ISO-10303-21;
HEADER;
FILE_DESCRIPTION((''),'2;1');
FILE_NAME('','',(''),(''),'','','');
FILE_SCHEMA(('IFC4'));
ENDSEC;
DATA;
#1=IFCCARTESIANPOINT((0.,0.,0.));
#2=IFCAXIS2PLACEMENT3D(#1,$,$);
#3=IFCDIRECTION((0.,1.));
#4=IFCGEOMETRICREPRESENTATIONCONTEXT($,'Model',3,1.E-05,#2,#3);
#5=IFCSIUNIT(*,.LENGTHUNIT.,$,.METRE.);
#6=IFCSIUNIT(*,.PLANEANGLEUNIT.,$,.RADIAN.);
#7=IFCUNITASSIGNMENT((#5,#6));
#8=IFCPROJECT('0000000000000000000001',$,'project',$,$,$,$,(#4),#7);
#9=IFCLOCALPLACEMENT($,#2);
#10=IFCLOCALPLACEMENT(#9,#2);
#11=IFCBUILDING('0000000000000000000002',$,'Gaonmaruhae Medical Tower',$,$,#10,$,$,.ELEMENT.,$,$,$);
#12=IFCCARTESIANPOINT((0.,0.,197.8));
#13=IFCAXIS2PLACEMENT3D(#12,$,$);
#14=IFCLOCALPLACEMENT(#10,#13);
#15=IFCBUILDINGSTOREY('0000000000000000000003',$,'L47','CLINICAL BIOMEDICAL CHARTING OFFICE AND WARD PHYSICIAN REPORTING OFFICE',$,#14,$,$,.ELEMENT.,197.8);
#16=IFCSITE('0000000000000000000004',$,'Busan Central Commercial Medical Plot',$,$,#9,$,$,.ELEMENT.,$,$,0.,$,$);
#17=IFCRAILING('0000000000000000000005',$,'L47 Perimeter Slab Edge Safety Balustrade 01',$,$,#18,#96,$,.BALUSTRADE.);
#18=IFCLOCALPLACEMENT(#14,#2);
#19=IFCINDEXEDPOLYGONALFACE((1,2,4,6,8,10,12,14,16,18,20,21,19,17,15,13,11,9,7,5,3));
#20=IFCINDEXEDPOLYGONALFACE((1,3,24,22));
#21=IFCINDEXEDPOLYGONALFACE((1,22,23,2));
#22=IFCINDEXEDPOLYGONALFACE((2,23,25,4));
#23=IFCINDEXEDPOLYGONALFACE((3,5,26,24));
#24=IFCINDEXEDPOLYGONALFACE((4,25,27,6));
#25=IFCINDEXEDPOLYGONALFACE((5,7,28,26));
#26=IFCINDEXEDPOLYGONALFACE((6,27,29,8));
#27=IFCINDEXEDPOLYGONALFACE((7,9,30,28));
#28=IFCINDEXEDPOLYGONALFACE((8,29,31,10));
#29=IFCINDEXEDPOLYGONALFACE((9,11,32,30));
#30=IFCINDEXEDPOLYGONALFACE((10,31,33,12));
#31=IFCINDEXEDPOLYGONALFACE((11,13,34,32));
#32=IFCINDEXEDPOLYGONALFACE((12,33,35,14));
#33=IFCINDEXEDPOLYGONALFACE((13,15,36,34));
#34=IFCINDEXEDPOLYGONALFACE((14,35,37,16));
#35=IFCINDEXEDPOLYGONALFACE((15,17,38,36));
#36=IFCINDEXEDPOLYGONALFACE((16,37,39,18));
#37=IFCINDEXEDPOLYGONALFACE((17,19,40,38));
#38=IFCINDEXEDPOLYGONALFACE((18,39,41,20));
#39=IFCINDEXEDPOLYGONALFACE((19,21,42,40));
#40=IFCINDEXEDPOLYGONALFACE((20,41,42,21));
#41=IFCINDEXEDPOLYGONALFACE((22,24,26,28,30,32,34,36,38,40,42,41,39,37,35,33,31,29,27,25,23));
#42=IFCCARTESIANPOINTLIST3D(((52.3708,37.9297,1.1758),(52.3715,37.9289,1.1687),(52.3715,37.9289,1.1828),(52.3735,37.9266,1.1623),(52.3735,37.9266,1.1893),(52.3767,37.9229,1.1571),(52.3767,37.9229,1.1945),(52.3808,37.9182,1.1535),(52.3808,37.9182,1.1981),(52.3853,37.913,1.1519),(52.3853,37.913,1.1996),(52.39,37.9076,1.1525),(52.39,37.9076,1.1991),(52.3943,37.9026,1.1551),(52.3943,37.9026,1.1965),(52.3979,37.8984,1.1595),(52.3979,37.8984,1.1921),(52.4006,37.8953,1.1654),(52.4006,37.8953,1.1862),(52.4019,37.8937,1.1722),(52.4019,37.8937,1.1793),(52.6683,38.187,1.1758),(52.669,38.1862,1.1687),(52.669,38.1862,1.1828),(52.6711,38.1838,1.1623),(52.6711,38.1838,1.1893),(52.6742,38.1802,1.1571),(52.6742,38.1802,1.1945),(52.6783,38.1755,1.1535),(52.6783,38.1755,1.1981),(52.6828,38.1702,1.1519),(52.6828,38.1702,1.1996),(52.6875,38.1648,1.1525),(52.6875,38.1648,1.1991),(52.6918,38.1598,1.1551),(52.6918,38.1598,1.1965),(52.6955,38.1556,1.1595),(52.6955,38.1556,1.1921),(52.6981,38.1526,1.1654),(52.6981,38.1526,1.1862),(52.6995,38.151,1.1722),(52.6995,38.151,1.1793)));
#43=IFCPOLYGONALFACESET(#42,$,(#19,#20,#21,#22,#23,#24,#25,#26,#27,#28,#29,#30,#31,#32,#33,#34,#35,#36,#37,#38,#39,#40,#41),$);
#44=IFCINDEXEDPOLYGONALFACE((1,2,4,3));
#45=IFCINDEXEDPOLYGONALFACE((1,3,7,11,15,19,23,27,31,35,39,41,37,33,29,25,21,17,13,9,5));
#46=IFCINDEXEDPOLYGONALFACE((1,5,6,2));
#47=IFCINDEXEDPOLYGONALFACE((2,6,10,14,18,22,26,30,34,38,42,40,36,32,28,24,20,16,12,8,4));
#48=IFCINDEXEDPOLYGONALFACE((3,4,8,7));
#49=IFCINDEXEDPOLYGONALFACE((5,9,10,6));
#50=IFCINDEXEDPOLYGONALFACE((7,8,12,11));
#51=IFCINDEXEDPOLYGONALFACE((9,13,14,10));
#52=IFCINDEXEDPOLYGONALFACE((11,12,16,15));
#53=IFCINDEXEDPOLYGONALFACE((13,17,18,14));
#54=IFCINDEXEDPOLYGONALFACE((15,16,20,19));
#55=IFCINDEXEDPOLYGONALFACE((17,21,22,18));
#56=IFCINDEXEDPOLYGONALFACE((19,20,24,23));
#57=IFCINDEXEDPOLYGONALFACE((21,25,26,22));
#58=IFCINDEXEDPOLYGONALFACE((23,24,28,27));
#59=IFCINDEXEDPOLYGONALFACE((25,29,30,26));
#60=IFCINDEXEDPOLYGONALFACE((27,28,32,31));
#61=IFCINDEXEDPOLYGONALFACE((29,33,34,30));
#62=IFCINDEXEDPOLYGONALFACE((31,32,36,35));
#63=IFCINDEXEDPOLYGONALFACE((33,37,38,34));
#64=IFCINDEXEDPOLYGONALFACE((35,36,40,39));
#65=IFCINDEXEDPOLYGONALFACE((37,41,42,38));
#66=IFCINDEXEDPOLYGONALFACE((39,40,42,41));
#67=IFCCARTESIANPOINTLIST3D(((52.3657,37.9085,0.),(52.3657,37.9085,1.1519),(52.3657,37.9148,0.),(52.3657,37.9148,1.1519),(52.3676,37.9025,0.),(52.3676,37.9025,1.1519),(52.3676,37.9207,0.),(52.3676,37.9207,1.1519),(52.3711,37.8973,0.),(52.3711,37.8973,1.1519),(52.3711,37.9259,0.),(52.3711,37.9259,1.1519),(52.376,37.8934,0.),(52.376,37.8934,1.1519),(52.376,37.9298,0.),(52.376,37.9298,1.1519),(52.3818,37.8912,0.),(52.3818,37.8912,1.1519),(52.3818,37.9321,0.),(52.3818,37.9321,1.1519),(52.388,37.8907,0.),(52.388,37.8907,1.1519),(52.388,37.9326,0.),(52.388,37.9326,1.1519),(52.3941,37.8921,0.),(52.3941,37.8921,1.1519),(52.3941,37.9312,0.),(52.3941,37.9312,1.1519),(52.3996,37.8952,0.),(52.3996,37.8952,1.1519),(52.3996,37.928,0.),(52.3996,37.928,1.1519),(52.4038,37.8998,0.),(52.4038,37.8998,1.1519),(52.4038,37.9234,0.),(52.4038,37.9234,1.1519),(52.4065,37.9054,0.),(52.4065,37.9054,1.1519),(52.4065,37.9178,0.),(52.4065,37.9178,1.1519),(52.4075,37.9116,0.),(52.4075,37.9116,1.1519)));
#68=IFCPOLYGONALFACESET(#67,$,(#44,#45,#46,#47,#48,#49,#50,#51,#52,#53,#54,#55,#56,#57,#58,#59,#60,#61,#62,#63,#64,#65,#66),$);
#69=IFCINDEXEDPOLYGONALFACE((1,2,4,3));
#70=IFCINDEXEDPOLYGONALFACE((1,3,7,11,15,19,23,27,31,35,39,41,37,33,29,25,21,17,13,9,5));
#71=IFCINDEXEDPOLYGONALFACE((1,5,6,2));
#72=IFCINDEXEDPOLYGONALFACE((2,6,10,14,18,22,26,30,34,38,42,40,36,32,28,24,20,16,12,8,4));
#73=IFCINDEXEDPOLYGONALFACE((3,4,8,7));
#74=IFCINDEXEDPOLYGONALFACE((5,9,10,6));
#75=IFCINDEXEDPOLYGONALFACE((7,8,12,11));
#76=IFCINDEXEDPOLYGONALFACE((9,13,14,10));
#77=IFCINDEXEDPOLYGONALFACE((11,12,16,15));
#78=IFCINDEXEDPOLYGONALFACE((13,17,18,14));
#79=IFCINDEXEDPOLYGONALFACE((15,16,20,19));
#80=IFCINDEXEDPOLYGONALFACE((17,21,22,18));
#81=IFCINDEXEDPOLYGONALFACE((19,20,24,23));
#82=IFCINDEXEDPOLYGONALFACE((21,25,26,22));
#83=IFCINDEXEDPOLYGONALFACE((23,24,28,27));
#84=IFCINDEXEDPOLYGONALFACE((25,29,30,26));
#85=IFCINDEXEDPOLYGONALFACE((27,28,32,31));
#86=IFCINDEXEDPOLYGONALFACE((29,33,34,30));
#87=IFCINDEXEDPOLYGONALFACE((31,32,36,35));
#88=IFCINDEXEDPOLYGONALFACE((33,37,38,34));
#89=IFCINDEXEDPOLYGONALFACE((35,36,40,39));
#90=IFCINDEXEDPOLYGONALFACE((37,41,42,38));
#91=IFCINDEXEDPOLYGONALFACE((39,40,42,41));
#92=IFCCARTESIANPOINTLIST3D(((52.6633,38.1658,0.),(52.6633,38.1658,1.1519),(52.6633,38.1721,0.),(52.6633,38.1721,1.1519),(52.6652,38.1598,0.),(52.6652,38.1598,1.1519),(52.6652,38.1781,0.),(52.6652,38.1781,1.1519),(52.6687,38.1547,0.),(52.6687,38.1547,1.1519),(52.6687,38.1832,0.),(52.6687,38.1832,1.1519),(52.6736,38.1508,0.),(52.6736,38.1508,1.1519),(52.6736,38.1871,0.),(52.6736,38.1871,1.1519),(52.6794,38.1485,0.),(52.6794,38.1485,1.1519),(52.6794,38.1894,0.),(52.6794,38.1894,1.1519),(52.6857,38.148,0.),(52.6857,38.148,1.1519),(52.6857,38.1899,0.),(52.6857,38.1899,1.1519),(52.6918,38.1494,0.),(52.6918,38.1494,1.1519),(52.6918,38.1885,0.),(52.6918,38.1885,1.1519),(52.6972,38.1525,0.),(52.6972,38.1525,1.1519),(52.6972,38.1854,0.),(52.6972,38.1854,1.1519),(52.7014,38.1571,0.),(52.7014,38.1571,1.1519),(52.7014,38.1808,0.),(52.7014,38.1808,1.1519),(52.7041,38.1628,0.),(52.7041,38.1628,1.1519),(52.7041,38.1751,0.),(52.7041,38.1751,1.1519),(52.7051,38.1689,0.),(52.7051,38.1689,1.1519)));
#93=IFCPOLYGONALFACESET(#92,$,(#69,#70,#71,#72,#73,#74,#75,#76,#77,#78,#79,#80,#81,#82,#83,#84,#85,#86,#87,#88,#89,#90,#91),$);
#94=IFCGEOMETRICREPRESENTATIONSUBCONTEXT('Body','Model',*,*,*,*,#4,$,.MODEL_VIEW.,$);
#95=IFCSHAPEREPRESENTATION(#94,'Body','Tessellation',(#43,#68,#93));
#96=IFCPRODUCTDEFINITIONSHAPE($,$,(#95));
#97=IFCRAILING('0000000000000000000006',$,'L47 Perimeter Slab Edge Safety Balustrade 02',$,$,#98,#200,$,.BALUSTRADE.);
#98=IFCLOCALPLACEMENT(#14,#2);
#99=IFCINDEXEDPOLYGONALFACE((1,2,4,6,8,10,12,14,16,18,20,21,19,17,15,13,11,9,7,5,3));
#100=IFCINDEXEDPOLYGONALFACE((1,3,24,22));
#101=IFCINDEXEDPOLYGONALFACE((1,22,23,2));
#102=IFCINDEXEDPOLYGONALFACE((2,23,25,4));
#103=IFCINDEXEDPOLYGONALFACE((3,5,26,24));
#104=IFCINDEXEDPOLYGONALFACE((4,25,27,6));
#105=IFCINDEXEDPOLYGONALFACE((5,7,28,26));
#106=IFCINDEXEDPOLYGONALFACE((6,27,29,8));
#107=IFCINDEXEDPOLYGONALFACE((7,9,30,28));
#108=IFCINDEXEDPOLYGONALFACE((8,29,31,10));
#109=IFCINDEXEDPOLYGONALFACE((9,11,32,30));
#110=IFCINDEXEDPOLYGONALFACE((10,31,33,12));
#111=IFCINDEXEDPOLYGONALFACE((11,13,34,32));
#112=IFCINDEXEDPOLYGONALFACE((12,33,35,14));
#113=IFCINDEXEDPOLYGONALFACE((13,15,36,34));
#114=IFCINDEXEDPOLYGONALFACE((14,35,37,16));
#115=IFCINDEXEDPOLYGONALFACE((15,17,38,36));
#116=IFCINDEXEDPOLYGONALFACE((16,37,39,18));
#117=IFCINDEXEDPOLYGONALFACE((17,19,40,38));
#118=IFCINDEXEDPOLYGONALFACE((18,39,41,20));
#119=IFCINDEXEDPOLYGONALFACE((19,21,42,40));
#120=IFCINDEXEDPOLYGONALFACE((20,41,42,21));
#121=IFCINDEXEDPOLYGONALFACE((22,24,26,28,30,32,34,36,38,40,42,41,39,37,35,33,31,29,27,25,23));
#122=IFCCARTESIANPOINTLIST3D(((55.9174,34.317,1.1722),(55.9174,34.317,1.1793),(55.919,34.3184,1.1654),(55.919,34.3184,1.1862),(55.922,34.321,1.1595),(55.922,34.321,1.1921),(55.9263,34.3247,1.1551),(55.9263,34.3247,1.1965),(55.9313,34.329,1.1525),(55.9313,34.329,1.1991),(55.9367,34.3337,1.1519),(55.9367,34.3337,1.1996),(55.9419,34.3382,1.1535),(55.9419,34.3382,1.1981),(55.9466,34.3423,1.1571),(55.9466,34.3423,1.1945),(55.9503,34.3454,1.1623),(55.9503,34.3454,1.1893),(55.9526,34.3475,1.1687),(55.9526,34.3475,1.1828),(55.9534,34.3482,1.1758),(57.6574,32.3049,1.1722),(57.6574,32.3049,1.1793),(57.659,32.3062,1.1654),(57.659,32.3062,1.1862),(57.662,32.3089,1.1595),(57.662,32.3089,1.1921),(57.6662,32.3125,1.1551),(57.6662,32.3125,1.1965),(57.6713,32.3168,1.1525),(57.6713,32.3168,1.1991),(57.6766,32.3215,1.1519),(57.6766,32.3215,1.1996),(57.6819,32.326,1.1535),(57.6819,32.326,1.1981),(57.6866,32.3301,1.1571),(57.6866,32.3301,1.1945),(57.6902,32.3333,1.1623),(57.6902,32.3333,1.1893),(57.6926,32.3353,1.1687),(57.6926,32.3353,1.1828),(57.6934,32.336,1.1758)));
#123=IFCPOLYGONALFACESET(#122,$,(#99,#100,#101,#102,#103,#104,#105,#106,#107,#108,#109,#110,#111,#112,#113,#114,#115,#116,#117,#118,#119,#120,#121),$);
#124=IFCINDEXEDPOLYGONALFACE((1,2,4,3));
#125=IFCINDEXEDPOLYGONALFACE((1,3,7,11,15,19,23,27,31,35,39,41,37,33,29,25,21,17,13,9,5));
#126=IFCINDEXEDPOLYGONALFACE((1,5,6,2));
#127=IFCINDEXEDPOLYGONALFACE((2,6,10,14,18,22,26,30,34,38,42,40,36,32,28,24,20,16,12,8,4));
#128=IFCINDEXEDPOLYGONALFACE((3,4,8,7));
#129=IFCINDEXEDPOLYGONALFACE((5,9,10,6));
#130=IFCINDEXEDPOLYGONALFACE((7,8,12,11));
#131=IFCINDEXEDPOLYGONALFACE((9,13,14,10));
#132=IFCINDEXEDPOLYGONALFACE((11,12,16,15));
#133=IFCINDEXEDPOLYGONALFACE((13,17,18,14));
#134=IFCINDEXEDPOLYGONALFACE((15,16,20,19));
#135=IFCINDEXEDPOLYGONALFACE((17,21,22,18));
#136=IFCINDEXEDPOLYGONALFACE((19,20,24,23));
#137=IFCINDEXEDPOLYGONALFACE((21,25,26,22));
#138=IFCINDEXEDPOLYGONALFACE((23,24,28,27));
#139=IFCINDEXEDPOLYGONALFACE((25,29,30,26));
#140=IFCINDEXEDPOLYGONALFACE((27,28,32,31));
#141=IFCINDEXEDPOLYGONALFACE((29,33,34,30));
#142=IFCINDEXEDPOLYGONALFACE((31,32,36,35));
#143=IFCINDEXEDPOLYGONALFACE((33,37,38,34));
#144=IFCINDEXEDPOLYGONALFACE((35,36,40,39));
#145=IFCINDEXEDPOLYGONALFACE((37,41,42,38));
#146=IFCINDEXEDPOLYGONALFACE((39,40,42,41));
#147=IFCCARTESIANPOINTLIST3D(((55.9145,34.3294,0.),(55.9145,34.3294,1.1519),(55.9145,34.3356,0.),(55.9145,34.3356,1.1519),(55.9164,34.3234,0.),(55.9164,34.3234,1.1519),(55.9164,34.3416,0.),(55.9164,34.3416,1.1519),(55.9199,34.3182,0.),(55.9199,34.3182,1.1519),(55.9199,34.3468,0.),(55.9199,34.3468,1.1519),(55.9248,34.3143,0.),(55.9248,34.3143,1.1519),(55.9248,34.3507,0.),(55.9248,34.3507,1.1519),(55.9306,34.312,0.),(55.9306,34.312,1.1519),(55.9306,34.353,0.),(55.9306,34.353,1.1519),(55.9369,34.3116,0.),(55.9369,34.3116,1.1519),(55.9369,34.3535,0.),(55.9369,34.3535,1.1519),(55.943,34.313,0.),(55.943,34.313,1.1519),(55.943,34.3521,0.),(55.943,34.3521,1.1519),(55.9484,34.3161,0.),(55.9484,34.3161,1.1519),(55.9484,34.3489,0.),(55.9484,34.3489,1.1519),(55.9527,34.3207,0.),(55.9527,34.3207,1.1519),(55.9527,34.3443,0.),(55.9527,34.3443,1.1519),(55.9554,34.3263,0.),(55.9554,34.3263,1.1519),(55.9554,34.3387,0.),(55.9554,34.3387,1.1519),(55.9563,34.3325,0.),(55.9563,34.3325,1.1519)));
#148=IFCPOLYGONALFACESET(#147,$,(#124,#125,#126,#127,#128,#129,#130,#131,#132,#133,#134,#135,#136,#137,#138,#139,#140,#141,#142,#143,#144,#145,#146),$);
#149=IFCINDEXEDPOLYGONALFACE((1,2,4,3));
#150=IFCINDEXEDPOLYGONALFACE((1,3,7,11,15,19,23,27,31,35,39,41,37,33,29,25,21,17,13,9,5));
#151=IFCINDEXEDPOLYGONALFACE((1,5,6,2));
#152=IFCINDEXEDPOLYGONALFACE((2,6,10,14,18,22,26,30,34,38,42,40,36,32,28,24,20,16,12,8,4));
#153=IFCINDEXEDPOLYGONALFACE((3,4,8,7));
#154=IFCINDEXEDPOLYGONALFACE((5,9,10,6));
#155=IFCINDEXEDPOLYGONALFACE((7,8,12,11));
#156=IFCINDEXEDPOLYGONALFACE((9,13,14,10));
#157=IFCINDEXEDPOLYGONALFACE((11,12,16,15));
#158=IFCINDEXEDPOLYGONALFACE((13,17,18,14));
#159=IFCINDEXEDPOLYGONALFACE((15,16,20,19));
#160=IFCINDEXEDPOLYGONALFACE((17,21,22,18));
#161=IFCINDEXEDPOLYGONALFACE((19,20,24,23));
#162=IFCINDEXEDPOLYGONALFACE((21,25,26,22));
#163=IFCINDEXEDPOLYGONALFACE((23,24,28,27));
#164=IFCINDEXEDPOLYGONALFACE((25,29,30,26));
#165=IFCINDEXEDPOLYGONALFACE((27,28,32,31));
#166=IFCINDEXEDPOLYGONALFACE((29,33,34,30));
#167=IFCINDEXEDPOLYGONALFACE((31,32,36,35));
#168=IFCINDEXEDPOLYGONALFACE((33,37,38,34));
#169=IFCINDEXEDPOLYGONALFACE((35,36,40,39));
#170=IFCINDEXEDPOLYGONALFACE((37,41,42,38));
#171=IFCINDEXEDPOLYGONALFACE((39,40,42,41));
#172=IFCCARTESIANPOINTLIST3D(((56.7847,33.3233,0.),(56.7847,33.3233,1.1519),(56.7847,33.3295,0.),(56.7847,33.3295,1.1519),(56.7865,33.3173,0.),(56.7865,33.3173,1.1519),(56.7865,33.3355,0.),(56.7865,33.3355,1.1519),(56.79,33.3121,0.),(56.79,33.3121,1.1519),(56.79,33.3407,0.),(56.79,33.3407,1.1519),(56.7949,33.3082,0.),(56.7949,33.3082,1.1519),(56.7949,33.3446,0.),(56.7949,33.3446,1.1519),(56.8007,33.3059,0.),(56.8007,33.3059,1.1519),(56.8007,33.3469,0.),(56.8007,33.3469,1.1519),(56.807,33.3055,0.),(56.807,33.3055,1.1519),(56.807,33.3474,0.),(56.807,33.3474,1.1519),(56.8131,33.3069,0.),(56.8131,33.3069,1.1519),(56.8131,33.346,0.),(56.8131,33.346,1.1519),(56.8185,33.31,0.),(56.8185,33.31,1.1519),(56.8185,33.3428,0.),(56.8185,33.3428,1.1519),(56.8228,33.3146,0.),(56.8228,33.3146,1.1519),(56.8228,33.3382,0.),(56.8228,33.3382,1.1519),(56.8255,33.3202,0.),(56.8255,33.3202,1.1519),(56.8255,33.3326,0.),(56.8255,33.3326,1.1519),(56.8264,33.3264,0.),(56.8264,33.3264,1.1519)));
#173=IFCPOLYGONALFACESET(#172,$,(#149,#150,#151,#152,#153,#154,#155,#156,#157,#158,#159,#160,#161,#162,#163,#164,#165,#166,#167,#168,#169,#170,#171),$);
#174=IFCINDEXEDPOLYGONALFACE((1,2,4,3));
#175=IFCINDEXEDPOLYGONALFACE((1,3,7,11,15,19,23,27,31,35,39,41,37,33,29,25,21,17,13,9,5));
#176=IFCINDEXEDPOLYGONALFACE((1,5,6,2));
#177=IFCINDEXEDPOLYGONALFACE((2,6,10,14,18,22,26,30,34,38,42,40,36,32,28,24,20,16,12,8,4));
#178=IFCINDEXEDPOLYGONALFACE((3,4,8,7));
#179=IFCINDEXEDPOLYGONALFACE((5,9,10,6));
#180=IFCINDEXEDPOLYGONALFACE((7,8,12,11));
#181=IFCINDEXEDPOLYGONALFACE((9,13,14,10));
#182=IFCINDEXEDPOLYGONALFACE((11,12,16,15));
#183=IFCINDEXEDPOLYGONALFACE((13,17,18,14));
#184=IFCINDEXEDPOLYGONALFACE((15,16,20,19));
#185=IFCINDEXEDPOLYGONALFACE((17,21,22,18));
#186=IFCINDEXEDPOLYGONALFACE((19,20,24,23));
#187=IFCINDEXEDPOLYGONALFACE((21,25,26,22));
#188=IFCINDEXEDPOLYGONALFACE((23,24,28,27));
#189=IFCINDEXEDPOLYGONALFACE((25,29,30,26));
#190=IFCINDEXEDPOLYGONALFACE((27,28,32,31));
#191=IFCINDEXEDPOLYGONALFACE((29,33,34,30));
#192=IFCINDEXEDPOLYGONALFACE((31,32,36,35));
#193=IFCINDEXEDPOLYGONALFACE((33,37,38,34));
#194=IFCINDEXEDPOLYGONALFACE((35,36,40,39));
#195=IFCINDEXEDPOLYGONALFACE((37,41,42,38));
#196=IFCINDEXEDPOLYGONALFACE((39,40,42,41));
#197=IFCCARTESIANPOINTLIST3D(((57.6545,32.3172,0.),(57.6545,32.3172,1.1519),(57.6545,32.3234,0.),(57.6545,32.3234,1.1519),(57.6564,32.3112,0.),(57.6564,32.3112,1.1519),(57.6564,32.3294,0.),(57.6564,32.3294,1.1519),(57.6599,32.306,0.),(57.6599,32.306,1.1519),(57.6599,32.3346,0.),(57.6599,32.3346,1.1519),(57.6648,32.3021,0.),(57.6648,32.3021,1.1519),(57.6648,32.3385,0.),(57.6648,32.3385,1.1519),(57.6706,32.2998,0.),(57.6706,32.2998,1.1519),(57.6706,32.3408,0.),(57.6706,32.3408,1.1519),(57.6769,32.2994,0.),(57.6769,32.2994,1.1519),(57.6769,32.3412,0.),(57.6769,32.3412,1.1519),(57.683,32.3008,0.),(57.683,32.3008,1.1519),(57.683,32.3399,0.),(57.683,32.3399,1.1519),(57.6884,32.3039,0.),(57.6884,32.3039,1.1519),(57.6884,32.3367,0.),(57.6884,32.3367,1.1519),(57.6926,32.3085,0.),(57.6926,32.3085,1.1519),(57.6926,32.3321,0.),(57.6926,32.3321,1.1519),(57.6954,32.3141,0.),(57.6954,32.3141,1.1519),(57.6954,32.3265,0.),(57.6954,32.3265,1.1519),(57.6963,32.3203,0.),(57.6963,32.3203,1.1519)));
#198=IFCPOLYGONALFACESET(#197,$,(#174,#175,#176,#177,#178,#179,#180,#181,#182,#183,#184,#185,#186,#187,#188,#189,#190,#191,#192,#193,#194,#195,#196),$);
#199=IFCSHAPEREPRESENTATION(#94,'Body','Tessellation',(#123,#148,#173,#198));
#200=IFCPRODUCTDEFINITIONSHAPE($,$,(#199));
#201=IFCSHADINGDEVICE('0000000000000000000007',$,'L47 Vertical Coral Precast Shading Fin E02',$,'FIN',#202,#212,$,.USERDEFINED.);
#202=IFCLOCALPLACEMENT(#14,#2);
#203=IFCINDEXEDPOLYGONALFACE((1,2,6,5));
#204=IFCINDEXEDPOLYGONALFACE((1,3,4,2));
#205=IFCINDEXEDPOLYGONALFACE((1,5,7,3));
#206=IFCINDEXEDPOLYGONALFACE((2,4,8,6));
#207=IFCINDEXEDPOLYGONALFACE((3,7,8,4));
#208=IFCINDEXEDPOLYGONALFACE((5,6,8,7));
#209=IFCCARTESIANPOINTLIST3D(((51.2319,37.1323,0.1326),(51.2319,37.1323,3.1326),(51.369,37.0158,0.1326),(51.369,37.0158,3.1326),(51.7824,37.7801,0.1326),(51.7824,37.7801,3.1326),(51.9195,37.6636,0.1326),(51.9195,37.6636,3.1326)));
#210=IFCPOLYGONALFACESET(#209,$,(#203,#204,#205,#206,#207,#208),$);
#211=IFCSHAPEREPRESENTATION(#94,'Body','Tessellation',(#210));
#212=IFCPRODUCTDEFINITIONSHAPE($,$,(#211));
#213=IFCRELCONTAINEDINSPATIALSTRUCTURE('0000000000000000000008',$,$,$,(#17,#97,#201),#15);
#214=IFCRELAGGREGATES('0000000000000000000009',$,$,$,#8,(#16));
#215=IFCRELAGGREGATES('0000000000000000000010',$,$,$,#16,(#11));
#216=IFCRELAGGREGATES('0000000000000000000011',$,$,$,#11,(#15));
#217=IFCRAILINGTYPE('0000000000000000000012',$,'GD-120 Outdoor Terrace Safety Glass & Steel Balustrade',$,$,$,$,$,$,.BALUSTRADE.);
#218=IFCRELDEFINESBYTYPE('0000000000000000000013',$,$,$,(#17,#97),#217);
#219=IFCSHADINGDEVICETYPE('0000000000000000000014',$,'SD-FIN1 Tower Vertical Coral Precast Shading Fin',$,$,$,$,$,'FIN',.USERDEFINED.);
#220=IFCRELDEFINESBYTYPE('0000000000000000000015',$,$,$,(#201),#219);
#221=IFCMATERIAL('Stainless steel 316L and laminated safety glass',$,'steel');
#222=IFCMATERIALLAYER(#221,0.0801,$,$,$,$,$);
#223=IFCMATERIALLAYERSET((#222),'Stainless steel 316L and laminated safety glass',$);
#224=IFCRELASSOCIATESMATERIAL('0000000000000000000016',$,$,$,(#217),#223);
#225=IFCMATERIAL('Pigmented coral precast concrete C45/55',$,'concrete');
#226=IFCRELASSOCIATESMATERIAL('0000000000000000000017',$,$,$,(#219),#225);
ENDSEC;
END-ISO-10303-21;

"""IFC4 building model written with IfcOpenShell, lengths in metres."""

from ifc_helpers import new_model, si_unit, direction, frame, origin, origin_2d, place, context, subcontext, project, spatial, rectangle, circle, extrude, material, layer, layer_set, type_object, element, save


model = new_model("IFC4")

# Units and contexts
model_context = context("Model", 3, precision=1e-05, world=origin(), true_north=direction((0.0, 1.0)))
body_context = subcontext(model_context, "Body", "Model", "MODEL_VIEW")
ifc_project = project(units=[si_unit("LENGTHUNIT", "METRE"), si_unit("PLANEANGLEUNIT", "RADIAN")], contexts=[model_context])

# Site, building, storey
site_placement = place(None, origin())
site = spatial("IfcSite", under=ifc_project, at=site_placement, Name="Busan Central Commercial Medical Plot", CompositionType="ELEMENT", RefElevation=0.0)
building_placement = place(site_placement, origin())
building = spatial("IfcBuilding", under=site, at=building_placement, Name="Gaonmaruhae Medical Tower", CompositionType="ELEMENT")
storey_placement = place(building_placement, frame((0.0, 0.0, 197.8)))
storey = spatial("IfcBuildingStorey", under=building, at=storey_placement, Name="L47", Description="CLINICAL BIOMEDICAL CHARTING OFFICE AND WARD PHYSICIAN REPORTING OFFICE", CompositionType="ELEMENT", Elevation=197.8)

# Railings
ifc_material_1 = material(Name="Stainless steel 316L and laminated safety glass", Category="steel")
ifc_layer_1 = layer(ifc_material_1, 0.0801)
ifc_layer_set_1 = layer_set([ifc_layer_1], Name="Stainless steel 316L and laminated safety glass")
railing_type = type_object("IfcRailingType", Name="GD-120 Outdoor Terrace Safety Glass & Steel Balustrade", PredefinedType="BALUSTRADE", material=ifc_layer_set_1)
railing_1_placement = place(storey_placement, frame((52.3865, 37.9116, 0.0)))
element("IfcRailing", 1, at=railing_1_placement, inside=storey, type_object=railing_type, Name="L47 Perimeter Slab Edge Safety Balustrade 01", PredefinedType="BALUSTRADE", context=body_context, shape_type="SweptSolid", body=[
    extrude(circle(Radius=0.0239, at=origin_2d()), frame((0.0, 0.0, 1.1758), z_axis=(0.756446, 0.654056, 0.0), x_axis=(-0.654056, 0.756446, 0.0)), (0.0, 0.0, 1.0), 0.3933),
    extrude(circle(Radius=0.021, at=origin_2d()), origin(), (0.0, 0.0, 1.0), 1.1519),
    extrude(circle(Radius=0.021, at=origin_2d()), frame((0.2976, 0.2573, 0.0)), (0.0, 0.0, 1.0), 1.1519),
])
railing_2_placement = place(storey_placement, frame((55.9353, 34.3325, 0.0)))
element("IfcRailing", 2, at=railing_2_placement, inside=storey, type_object=railing_type, Name="L47 Perimeter Slab Edge Safety Balustrade 02", PredefinedType="BALUSTRADE", context=body_context, shape_type="SweptSolid", body=[
    extrude(circle(Radius=0.0239, at=origin_2d()), frame((0.0, 0.0, 1.1758), z_axis=(0.654088, -0.756418, 0.0), x_axis=(0.756418, 0.654088, 0.0)), (0.0, 0.0, 1.0), 2.6602),
    extrude(circle(Radius=0.021, at=origin_2d()), origin(), (0.0, 0.0, 1.0), 1.1519),
    extrude(circle(Radius=0.021, at=origin_2d()), frame((0.8701, -1.0061, 0.0)), (0.0, 0.0, 1.0), 1.1519),
    extrude(circle(Radius=0.021, at=origin_2d()), frame((1.74, -2.0122, 0.0)), (0.0, 0.0, 1.0), 1.1519),
])

# Shading device
ifc_material_2 = material(Name="Pigmented coral precast concrete C45/55", Category="concrete")
shading_device_type = type_object("IfcShadingDeviceType", Name="SD-FIN1 Tower Vertical Coral Precast Shading Fin", ElementType="FIN", PredefinedType="USERDEFINED", material=ifc_material_2)
for number, where, z_axis, x_axis, name in (
    (3, (51.5757, 37.3979, 0.1326), (0.0, 0.0, 1.0), (0.761991, -0.647588, 0.0), "L47 Vertical Coral Precast Shading Fin E02"),
):
    element("IfcShadingDevice", number, at=place(storey_placement, frame(where, z_axis=z_axis, x_axis=x_axis)), inside=storey, type_object=shading_device_type, Name=name, ObjectType="FIN", PredefinedType="USERDEFINED", context=body_context, shape_type="SweptSolid", body=[
        extrude(rectangle(XDim=0.1799, YDim=0.8501, at=origin_2d()), origin(), (0.0, 0.0, 1.0), 3.0),
    ])

save(model, "model.ifc")
